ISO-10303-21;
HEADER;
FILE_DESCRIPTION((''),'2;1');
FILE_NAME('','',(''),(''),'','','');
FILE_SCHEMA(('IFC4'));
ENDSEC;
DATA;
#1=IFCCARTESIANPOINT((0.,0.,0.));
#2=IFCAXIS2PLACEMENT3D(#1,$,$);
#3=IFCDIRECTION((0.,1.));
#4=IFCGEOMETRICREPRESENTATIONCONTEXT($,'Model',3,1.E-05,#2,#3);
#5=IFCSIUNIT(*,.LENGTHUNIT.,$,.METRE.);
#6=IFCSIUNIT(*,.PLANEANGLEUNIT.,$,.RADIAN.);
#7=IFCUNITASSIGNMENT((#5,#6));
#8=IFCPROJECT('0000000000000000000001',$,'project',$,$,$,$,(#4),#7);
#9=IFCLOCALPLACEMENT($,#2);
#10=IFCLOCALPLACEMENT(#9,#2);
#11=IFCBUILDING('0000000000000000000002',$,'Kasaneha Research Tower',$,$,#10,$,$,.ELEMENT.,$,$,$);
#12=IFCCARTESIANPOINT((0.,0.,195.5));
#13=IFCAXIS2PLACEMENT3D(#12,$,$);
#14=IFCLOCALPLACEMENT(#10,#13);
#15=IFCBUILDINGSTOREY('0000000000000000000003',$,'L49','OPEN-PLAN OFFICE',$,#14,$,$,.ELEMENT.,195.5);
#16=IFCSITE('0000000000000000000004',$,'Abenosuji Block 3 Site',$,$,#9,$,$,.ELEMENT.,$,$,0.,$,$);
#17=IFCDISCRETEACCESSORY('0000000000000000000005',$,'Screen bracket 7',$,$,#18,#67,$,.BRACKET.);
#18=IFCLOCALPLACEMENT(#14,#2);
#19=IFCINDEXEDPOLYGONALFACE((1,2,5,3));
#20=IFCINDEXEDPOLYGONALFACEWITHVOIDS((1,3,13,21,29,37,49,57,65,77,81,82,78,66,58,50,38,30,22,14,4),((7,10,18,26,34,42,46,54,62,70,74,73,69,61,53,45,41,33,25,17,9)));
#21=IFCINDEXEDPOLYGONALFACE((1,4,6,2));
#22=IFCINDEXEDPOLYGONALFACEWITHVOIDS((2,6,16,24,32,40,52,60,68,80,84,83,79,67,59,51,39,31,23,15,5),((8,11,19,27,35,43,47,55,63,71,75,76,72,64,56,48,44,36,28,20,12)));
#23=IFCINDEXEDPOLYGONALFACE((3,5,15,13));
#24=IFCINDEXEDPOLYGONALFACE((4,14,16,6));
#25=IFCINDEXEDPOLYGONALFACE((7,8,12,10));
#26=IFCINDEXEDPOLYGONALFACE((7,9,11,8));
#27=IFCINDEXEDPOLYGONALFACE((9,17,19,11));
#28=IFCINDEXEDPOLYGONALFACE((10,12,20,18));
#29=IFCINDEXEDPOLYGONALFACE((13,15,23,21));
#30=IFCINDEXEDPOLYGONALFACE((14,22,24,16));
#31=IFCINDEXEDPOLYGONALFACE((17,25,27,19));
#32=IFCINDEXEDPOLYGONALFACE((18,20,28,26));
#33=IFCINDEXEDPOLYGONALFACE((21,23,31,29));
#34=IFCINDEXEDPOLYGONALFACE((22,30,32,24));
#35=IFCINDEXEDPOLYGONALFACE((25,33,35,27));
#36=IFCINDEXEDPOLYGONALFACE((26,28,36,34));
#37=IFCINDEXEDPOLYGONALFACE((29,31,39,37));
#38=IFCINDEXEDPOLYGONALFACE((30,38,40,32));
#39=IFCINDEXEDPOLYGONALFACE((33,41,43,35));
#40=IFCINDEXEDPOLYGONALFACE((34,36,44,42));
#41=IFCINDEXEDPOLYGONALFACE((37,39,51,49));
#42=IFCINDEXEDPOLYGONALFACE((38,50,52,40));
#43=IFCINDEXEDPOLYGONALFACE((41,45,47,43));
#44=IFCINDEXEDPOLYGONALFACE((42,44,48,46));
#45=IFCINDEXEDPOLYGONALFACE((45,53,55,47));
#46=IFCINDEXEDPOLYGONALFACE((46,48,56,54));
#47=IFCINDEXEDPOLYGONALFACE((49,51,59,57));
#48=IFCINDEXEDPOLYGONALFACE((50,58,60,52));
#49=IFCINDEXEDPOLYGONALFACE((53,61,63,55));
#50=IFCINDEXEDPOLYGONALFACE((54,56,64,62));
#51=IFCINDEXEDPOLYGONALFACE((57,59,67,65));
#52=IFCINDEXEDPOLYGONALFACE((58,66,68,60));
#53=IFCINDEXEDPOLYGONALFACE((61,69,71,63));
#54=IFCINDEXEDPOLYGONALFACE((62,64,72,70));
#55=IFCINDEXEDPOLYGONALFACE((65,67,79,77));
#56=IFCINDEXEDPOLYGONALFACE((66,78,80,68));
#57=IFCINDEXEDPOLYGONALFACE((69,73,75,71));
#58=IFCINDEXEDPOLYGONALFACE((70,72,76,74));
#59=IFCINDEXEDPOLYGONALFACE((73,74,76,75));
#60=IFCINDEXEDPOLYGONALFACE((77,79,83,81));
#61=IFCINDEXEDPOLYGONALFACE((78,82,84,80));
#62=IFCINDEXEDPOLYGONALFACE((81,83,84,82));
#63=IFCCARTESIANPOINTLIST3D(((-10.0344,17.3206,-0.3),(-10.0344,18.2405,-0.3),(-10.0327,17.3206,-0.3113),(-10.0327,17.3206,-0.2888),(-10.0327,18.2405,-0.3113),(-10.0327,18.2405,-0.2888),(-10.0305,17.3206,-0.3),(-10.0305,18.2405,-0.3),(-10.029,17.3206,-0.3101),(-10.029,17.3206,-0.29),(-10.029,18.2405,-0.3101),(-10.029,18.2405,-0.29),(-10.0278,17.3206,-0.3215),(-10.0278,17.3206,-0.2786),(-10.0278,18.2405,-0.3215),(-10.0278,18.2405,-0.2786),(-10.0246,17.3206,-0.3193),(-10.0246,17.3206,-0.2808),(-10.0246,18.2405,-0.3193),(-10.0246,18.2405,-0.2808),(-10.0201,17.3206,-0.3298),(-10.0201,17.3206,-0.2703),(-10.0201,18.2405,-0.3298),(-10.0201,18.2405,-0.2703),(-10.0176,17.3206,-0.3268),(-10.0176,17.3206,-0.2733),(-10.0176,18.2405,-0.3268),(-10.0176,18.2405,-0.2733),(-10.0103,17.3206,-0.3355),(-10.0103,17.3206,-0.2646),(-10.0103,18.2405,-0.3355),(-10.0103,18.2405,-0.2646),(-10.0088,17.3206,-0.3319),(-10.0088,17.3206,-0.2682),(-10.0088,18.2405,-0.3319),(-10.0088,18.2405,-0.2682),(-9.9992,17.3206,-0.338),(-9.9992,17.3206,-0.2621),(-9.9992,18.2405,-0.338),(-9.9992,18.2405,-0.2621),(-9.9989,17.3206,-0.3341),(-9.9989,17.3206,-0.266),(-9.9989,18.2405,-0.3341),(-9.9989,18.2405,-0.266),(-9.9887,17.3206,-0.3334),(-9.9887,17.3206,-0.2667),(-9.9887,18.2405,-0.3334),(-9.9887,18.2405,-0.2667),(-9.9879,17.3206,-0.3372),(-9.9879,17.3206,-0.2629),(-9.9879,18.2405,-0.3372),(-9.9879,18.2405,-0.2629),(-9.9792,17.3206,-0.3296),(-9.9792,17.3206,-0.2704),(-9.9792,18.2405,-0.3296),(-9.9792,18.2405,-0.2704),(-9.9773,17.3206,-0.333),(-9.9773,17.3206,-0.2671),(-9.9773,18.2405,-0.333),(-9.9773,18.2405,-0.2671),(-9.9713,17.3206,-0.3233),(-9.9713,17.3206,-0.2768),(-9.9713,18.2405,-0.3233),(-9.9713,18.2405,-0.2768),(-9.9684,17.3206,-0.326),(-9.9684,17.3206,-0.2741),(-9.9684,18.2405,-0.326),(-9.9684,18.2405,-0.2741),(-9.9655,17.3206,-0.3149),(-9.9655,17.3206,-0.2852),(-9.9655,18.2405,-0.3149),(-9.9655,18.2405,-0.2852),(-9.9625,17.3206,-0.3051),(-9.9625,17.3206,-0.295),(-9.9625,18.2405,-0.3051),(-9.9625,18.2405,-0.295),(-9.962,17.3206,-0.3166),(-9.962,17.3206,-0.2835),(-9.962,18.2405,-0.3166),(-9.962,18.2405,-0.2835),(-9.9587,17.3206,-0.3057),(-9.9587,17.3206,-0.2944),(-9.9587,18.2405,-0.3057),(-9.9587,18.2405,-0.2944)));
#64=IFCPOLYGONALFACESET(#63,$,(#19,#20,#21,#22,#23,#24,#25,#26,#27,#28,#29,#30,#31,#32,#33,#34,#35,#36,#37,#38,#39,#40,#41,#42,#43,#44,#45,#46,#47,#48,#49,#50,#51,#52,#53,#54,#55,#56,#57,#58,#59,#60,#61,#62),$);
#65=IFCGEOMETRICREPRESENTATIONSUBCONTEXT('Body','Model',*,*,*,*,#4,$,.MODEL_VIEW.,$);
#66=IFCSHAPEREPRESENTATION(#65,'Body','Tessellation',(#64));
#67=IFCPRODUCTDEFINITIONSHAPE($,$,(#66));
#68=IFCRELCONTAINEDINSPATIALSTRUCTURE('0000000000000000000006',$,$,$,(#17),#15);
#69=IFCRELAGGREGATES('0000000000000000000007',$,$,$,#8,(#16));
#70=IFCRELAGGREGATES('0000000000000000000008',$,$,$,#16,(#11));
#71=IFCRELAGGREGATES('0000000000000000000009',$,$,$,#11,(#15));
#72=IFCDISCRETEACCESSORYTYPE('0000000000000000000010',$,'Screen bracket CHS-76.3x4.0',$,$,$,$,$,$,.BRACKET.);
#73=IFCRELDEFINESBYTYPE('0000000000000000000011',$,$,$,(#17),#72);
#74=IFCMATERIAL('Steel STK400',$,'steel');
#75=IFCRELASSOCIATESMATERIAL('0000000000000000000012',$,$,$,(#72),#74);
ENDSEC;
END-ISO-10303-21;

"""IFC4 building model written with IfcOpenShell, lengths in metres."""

from ifc_helpers import new_model, si_unit, direction, frame, origin, origin_2d, place, context, subcontext, project, spatial, hollow_circle, extrude, material, material_profile, profile_set, type_object, element, save


model = new_model("IFC4")

# Units and contexts
model_context = context("Model", 3, precision=1e-05, world=origin(), true_north=direction((0.0, 1.0)))
body_context = subcontext(model_context, "Body", "Model", "MODEL_VIEW")
ifc_project = project(units=[si_unit("LENGTHUNIT", "METRE"), si_unit("PLANEANGLEUNIT", "RADIAN")], contexts=[model_context])

# Site, building, storey
site_placement = place(None, origin())
site = spatial("IfcSite", under=ifc_project, at=site_placement, Name="Abenosuji Block 3 Site", CompositionType="ELEMENT", RefElevation=0.0)
building_placement = place(site_placement, origin())
building = spatial("IfcBuilding", under=site, at=building_placement, Name="Kasaneha Research Tower", CompositionType="ELEMENT")
storey_placement = place(building_placement, frame((0.0, 0.0, 195.5)))
storey = spatial("IfcBuildingStorey", under=building, at=storey_placement, Name="L49", Description="OPEN-PLAN OFFICE", CompositionType="ELEMENT", Elevation=195.5)

# Discrete accessory
ifc_material_1 = material(Name="Steel STK400", Category="steel")
ifc_material_profile_1 = material_profile(ifc_material_1, hollow_circle(Radius=0.0381, WallThickness=0.0039, at=origin_2d()), Name="CHS-76.3x4.0")
ifc_profile_set_1 = profile_set([ifc_material_profile_1], Name="Steel STK400")
discrete_accessory_type = type_object("IfcDiscreteAccessoryType", Name="Screen bracket CHS-76.3x4.0", PredefinedType="BRACKET", material=ifc_profile_set_1)
for number, where, z_axis, x_axis, name in (
    (1, (-9.9963, 17.3206, -0.3), (0.0, 1.0, 0.0), (-1.0, 0.0, 0.0), "Screen bracket 7"),
):
    element("IfcDiscreteAccessory", number, at=place(storey_placement, frame(where, z_axis=z_axis, x_axis=x_axis)), inside=storey, type_object=discrete_accessory_type, Name=name, PredefinedType="BRACKET", context=body_context, shape_type="SweptSolid", body=[
        extrude(hollow_circle(Radius=0.0381, WallThickness=0.0039, at=origin_2d()), origin(), (0.0, 0.0, 1.0), 0.9199),
    ])

save(model, "model.ifc")
